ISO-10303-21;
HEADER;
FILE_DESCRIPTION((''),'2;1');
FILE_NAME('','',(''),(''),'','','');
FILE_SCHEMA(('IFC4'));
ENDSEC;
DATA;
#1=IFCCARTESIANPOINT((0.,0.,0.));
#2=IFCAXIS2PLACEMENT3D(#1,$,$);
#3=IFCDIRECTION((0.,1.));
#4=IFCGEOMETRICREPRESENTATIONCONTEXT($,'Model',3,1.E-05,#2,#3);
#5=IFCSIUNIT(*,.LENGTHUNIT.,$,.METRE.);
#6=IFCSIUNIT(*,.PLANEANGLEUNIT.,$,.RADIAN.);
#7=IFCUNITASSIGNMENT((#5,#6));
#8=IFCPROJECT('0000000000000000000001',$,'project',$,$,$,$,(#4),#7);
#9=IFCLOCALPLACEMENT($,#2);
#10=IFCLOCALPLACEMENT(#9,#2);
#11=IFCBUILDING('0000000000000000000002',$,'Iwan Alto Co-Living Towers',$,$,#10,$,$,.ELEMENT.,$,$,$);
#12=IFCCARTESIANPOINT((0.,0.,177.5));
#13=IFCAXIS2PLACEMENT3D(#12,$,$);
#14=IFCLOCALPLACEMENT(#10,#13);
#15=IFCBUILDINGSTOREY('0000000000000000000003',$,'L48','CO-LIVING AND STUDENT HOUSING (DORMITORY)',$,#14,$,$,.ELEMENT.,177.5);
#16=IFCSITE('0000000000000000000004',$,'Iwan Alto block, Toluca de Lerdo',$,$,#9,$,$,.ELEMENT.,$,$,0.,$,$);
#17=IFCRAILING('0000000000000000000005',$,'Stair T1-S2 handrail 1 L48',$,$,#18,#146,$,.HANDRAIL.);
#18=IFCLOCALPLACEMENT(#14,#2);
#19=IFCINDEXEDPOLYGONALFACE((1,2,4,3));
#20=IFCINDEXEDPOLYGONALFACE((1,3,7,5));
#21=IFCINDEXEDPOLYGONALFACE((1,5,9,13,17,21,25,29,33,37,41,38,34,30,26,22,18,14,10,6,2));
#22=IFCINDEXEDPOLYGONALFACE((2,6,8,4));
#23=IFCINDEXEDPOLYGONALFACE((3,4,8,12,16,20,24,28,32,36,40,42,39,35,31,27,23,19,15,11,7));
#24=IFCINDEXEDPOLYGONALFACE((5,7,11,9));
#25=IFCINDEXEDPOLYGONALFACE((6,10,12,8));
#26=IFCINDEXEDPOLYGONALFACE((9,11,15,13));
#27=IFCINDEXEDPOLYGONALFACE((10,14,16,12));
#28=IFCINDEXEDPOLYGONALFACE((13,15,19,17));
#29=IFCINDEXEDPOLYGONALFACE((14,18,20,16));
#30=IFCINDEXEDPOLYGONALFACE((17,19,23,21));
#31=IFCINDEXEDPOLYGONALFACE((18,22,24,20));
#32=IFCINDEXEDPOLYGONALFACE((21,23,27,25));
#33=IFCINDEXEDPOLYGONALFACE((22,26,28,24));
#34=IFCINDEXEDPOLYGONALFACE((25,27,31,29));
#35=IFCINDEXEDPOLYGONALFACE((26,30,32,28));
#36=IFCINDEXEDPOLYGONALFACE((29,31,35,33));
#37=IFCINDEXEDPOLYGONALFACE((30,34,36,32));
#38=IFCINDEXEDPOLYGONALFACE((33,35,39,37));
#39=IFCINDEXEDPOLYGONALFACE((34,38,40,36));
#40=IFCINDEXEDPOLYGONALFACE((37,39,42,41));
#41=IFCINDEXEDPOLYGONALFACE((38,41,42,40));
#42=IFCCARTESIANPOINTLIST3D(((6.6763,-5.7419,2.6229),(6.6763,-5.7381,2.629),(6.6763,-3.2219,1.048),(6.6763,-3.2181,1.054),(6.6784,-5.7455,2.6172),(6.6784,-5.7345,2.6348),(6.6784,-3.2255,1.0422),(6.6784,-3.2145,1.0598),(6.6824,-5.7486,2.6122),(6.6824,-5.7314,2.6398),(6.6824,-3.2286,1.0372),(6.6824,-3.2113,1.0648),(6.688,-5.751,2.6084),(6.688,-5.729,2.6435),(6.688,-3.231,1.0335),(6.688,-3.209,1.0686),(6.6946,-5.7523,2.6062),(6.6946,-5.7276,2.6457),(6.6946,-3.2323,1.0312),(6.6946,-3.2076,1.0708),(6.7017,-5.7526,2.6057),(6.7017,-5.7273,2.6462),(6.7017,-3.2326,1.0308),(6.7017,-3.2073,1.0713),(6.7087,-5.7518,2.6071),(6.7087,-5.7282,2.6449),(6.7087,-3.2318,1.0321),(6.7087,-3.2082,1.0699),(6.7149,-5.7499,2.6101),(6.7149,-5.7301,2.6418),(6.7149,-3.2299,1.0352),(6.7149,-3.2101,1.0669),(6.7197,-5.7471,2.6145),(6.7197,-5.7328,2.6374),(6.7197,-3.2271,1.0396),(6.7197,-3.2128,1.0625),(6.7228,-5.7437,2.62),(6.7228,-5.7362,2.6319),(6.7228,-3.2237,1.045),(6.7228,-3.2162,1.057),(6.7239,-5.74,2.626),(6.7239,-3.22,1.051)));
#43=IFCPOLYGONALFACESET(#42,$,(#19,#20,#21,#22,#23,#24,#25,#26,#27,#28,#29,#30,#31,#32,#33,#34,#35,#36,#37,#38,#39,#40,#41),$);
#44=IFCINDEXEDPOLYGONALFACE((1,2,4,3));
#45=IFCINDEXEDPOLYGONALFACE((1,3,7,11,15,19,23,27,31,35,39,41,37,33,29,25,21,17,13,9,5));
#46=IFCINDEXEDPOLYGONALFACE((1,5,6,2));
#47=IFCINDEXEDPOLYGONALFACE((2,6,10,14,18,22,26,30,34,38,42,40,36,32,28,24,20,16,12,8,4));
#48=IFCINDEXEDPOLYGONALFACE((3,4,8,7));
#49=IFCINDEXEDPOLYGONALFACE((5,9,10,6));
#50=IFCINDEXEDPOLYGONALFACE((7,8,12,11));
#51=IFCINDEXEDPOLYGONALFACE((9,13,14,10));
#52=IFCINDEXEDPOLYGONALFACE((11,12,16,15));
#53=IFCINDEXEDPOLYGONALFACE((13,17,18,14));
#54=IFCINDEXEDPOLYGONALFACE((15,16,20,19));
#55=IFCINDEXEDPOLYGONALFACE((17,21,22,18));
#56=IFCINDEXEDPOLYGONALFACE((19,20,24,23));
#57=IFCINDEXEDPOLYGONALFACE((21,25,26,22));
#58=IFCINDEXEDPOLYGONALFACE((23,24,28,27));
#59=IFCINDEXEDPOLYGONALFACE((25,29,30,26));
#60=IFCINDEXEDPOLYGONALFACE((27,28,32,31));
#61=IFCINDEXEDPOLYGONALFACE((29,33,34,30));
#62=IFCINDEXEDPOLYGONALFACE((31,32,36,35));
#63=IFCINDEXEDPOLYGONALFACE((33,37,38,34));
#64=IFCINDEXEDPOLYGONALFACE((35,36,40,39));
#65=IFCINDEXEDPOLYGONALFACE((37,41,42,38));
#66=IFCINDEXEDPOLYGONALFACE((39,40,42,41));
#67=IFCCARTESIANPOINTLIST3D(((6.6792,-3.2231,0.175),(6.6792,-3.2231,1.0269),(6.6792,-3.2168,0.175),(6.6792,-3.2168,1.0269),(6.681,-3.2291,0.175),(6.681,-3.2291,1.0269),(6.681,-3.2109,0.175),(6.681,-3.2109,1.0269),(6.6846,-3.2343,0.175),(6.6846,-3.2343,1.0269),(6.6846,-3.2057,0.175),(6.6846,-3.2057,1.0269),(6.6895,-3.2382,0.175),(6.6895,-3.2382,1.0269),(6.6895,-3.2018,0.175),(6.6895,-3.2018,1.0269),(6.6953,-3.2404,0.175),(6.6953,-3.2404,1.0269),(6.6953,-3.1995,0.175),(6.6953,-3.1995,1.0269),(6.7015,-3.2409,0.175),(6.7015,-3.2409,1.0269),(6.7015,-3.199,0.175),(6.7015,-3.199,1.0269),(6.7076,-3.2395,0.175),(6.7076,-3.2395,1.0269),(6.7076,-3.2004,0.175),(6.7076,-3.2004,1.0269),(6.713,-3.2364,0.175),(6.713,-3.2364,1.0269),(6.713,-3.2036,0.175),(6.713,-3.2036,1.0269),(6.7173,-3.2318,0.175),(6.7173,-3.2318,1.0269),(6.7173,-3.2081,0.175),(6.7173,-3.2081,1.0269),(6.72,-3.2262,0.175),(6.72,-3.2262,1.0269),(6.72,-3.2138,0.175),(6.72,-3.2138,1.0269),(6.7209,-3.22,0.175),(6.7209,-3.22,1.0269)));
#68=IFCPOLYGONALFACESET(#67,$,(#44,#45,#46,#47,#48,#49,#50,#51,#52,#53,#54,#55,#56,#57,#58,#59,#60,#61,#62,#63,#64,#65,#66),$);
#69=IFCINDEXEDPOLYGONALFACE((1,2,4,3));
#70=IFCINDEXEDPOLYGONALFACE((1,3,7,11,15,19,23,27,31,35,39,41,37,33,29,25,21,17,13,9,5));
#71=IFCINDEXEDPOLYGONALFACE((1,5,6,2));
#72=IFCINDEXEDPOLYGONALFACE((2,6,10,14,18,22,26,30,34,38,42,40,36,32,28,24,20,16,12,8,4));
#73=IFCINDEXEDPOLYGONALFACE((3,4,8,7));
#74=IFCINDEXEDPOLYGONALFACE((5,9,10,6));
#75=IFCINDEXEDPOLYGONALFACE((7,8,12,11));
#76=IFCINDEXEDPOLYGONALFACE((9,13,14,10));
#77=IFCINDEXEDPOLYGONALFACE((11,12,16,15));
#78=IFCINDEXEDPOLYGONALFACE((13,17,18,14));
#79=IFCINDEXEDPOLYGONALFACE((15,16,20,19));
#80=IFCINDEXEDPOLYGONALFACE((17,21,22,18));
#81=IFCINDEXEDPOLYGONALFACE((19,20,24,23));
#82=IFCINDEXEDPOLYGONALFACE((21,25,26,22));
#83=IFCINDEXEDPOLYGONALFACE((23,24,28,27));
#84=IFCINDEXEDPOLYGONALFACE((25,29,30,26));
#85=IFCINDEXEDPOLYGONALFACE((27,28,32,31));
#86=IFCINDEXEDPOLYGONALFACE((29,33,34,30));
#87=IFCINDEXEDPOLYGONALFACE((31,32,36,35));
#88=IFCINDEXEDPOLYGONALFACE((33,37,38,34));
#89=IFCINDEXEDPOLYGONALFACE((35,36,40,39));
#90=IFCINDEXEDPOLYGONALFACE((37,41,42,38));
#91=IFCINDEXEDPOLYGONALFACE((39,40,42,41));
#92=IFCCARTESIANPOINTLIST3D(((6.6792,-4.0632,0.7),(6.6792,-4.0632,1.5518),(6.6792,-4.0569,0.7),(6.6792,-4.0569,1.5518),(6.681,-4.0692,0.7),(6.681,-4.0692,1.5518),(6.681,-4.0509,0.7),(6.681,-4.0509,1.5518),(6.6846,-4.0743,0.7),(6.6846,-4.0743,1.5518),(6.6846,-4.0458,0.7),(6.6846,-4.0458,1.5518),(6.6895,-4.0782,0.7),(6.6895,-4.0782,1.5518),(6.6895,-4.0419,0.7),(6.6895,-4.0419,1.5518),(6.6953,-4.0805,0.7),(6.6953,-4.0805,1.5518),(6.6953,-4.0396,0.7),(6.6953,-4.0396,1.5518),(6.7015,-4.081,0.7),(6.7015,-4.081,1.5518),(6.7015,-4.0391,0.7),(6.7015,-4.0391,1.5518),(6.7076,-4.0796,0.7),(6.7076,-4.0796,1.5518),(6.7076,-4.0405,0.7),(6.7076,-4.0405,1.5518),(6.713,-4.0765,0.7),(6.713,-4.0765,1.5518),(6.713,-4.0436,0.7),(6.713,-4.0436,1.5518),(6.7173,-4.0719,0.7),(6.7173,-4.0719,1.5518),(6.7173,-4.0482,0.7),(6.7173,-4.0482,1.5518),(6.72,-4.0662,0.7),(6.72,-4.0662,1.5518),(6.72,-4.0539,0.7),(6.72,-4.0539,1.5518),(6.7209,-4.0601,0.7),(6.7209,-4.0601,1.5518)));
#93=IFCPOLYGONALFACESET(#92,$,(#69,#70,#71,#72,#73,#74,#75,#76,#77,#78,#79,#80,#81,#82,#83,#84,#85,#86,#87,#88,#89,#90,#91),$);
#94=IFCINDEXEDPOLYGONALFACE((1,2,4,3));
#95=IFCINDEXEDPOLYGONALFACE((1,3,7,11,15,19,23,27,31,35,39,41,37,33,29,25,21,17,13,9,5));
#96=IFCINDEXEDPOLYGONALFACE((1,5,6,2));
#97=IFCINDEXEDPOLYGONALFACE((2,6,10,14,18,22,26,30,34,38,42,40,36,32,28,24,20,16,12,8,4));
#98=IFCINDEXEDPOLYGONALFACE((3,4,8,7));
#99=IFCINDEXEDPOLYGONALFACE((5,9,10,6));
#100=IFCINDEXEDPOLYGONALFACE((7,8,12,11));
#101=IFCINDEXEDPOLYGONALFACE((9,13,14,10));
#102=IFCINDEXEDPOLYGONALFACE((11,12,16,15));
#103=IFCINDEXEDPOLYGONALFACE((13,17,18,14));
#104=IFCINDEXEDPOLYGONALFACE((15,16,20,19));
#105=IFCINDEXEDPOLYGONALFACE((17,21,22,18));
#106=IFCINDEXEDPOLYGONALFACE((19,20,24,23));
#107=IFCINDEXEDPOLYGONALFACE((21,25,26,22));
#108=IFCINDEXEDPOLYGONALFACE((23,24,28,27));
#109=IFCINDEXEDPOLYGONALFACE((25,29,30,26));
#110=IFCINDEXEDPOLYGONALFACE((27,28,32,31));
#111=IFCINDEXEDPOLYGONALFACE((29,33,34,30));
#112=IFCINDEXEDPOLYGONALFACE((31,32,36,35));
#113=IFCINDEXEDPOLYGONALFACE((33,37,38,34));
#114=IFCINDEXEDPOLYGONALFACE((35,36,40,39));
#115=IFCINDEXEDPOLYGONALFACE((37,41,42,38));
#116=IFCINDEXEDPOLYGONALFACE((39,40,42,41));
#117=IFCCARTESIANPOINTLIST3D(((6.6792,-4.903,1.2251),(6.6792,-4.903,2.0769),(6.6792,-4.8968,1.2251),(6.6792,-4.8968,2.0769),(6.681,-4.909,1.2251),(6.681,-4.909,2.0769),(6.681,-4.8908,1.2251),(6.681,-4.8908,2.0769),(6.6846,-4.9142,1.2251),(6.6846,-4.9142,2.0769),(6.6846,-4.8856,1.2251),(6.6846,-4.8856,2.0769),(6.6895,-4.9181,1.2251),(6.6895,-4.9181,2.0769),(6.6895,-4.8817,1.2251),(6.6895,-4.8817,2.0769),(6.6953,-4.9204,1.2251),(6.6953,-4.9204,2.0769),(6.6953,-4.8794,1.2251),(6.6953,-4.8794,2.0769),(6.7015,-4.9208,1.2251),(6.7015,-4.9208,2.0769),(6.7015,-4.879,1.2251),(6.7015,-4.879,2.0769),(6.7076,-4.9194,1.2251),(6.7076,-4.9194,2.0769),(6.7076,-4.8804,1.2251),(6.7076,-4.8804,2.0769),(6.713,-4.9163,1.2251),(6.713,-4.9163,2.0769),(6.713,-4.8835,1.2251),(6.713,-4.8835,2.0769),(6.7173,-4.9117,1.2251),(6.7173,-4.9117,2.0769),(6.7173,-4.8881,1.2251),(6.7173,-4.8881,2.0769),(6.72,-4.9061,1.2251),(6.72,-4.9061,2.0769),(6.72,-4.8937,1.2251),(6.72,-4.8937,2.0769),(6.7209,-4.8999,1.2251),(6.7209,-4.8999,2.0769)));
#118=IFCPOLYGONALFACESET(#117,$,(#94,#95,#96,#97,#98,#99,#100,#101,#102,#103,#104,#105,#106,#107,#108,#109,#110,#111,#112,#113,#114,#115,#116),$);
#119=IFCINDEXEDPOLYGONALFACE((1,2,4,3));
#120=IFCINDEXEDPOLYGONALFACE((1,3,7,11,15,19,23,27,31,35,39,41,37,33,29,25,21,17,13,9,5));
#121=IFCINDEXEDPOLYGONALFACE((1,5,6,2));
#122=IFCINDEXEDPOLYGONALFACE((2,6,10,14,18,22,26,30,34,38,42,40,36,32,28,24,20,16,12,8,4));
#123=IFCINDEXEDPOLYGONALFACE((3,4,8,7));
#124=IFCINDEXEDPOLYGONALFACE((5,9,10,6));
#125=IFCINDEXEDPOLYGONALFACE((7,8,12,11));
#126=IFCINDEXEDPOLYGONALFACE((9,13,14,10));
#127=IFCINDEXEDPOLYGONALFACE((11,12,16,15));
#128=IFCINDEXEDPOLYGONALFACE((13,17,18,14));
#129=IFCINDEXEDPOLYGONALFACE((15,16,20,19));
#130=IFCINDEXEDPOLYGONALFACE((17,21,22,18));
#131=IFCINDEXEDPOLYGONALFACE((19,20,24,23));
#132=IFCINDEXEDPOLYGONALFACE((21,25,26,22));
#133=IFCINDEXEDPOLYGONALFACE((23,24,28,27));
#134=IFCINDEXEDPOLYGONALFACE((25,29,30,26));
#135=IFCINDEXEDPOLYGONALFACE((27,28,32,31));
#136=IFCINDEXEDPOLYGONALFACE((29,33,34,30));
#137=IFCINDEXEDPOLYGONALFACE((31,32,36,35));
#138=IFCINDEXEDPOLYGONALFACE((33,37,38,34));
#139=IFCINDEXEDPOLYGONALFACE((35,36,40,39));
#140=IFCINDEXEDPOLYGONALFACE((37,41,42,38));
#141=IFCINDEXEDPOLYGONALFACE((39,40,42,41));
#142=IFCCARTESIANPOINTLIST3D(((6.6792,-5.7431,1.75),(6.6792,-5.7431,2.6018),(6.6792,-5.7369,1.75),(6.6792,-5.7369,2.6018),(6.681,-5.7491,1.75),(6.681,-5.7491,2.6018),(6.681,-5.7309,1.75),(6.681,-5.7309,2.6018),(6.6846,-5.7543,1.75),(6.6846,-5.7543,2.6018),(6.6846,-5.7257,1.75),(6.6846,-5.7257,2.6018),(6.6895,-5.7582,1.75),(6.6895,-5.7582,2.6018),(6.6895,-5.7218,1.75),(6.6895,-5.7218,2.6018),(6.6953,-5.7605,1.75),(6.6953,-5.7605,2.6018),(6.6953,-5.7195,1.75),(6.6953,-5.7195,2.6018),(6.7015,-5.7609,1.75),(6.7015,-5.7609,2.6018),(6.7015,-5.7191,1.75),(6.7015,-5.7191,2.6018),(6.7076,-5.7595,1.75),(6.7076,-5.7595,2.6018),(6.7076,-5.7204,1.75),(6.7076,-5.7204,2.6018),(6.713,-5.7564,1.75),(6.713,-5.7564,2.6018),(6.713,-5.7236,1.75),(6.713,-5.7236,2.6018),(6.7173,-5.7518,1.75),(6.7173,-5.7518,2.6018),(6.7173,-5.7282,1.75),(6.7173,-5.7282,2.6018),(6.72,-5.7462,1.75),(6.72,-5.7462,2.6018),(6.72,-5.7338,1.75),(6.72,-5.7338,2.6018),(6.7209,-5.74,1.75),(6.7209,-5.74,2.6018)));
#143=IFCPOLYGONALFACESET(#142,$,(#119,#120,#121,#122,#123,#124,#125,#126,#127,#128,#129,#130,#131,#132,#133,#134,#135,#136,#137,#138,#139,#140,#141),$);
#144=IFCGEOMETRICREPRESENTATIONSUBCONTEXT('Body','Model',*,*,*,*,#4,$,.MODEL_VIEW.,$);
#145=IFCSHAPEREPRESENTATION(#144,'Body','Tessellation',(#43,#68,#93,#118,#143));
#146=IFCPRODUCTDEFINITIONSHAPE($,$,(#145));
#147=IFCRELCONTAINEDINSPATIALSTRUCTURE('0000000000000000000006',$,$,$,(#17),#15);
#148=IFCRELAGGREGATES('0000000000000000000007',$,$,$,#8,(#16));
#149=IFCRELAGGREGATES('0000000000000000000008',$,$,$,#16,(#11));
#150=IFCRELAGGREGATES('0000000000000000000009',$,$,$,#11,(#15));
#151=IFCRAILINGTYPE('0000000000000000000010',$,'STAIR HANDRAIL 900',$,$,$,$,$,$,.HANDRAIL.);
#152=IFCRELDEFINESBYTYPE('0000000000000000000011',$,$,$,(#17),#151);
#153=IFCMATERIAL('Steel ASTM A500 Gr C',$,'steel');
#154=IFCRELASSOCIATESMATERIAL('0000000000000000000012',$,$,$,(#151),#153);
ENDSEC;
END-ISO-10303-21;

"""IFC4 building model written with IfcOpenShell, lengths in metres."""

from ifc_helpers import new_model, si_unit, direction, frame, origin, origin_2d, place, context, subcontext, project, spatial, circle, extrude, material, type_object, element, save


model = new_model("IFC4")

# Units and contexts
model_context = context("Model", 3, precision=1e-05, world=origin(), true_north=direction((0.0, 1.0)))
body_context = subcontext(model_context, "Body", "Model", "MODEL_VIEW")
ifc_project = project(units=[si_unit("LENGTHUNIT", "METRE"), si_unit("PLANEANGLEUNIT", "RADIAN")], contexts=[model_context])

# Site, building, storey
site_placement = place(None, origin())
site = spatial("IfcSite", under=ifc_project, at=site_placement, Name="Iwan Alto block, Toluca de Lerdo", CompositionType="ELEMENT", RefElevation=0.0)
building_placement = place(site_placement, origin())
building = spatial("IfcBuilding", under=site, at=building_placement, Name="Iwan Alto Co-Living Towers", CompositionType="ELEMENT")
storey_placement = place(building_placement, frame((0.0, 0.0, 177.5)))
storey = spatial("IfcBuildingStorey", under=building, at=storey_placement, Name="L48", Description="CO-LIVING AND STUDENT HOUSING (DORMITORY)", CompositionType="ELEMENT", Elevation=177.5)

# Railing
ifc_material_1 = material(Name="Steel ASTM A500 Gr C", Category="steel")
railing_type_1 = type_object("IfcRailingType", Name="STAIR HANDRAIL 900", PredefinedType="HANDRAIL", material=ifc_material_1)
railing_1_placement = place(storey_placement, frame((6.7, -3.22, 0.175)))
element("IfcRailing", 1, at=railing_1_placement, inside=storey, type_object=railing_type_1, Name="Stair T1-S2 handrail 1 L48", PredefinedType="HANDRAIL", context=body_context, shape_type="SweptSolid", body=[
    extrude(circle(Radius=0.0239, at=origin_2d()), frame((0.0, 0.0, 0.876), z_axis=(0.0, -0.848008, 0.529984), x_axis=(1.0, 0.0, 0.0)), (0.0, 0.0, 1.0), 2.9717),
    extrude(circle(Radius=0.021, at=origin_2d()), origin(), (0.0, 0.0, 1.0), 0.8518),
    extrude(circle(Radius=0.021, at=origin_2d()), frame((0.0, -0.8401, 0.5249)), (0.0, 0.0, 1.0), 0.8518),
    extrude(circle(Radius=0.021, at=origin_2d()), frame((0.0, -1.6799, 1.05)), (0.0, 0.0, 1.0), 0.8518),
    extrude(circle(Radius=0.021, at=origin_2d()), frame((0.0, -2.52, 1.575)), (0.0, 0.0, 1.0), 0.8518),
])

save(model, "model.ifc")
